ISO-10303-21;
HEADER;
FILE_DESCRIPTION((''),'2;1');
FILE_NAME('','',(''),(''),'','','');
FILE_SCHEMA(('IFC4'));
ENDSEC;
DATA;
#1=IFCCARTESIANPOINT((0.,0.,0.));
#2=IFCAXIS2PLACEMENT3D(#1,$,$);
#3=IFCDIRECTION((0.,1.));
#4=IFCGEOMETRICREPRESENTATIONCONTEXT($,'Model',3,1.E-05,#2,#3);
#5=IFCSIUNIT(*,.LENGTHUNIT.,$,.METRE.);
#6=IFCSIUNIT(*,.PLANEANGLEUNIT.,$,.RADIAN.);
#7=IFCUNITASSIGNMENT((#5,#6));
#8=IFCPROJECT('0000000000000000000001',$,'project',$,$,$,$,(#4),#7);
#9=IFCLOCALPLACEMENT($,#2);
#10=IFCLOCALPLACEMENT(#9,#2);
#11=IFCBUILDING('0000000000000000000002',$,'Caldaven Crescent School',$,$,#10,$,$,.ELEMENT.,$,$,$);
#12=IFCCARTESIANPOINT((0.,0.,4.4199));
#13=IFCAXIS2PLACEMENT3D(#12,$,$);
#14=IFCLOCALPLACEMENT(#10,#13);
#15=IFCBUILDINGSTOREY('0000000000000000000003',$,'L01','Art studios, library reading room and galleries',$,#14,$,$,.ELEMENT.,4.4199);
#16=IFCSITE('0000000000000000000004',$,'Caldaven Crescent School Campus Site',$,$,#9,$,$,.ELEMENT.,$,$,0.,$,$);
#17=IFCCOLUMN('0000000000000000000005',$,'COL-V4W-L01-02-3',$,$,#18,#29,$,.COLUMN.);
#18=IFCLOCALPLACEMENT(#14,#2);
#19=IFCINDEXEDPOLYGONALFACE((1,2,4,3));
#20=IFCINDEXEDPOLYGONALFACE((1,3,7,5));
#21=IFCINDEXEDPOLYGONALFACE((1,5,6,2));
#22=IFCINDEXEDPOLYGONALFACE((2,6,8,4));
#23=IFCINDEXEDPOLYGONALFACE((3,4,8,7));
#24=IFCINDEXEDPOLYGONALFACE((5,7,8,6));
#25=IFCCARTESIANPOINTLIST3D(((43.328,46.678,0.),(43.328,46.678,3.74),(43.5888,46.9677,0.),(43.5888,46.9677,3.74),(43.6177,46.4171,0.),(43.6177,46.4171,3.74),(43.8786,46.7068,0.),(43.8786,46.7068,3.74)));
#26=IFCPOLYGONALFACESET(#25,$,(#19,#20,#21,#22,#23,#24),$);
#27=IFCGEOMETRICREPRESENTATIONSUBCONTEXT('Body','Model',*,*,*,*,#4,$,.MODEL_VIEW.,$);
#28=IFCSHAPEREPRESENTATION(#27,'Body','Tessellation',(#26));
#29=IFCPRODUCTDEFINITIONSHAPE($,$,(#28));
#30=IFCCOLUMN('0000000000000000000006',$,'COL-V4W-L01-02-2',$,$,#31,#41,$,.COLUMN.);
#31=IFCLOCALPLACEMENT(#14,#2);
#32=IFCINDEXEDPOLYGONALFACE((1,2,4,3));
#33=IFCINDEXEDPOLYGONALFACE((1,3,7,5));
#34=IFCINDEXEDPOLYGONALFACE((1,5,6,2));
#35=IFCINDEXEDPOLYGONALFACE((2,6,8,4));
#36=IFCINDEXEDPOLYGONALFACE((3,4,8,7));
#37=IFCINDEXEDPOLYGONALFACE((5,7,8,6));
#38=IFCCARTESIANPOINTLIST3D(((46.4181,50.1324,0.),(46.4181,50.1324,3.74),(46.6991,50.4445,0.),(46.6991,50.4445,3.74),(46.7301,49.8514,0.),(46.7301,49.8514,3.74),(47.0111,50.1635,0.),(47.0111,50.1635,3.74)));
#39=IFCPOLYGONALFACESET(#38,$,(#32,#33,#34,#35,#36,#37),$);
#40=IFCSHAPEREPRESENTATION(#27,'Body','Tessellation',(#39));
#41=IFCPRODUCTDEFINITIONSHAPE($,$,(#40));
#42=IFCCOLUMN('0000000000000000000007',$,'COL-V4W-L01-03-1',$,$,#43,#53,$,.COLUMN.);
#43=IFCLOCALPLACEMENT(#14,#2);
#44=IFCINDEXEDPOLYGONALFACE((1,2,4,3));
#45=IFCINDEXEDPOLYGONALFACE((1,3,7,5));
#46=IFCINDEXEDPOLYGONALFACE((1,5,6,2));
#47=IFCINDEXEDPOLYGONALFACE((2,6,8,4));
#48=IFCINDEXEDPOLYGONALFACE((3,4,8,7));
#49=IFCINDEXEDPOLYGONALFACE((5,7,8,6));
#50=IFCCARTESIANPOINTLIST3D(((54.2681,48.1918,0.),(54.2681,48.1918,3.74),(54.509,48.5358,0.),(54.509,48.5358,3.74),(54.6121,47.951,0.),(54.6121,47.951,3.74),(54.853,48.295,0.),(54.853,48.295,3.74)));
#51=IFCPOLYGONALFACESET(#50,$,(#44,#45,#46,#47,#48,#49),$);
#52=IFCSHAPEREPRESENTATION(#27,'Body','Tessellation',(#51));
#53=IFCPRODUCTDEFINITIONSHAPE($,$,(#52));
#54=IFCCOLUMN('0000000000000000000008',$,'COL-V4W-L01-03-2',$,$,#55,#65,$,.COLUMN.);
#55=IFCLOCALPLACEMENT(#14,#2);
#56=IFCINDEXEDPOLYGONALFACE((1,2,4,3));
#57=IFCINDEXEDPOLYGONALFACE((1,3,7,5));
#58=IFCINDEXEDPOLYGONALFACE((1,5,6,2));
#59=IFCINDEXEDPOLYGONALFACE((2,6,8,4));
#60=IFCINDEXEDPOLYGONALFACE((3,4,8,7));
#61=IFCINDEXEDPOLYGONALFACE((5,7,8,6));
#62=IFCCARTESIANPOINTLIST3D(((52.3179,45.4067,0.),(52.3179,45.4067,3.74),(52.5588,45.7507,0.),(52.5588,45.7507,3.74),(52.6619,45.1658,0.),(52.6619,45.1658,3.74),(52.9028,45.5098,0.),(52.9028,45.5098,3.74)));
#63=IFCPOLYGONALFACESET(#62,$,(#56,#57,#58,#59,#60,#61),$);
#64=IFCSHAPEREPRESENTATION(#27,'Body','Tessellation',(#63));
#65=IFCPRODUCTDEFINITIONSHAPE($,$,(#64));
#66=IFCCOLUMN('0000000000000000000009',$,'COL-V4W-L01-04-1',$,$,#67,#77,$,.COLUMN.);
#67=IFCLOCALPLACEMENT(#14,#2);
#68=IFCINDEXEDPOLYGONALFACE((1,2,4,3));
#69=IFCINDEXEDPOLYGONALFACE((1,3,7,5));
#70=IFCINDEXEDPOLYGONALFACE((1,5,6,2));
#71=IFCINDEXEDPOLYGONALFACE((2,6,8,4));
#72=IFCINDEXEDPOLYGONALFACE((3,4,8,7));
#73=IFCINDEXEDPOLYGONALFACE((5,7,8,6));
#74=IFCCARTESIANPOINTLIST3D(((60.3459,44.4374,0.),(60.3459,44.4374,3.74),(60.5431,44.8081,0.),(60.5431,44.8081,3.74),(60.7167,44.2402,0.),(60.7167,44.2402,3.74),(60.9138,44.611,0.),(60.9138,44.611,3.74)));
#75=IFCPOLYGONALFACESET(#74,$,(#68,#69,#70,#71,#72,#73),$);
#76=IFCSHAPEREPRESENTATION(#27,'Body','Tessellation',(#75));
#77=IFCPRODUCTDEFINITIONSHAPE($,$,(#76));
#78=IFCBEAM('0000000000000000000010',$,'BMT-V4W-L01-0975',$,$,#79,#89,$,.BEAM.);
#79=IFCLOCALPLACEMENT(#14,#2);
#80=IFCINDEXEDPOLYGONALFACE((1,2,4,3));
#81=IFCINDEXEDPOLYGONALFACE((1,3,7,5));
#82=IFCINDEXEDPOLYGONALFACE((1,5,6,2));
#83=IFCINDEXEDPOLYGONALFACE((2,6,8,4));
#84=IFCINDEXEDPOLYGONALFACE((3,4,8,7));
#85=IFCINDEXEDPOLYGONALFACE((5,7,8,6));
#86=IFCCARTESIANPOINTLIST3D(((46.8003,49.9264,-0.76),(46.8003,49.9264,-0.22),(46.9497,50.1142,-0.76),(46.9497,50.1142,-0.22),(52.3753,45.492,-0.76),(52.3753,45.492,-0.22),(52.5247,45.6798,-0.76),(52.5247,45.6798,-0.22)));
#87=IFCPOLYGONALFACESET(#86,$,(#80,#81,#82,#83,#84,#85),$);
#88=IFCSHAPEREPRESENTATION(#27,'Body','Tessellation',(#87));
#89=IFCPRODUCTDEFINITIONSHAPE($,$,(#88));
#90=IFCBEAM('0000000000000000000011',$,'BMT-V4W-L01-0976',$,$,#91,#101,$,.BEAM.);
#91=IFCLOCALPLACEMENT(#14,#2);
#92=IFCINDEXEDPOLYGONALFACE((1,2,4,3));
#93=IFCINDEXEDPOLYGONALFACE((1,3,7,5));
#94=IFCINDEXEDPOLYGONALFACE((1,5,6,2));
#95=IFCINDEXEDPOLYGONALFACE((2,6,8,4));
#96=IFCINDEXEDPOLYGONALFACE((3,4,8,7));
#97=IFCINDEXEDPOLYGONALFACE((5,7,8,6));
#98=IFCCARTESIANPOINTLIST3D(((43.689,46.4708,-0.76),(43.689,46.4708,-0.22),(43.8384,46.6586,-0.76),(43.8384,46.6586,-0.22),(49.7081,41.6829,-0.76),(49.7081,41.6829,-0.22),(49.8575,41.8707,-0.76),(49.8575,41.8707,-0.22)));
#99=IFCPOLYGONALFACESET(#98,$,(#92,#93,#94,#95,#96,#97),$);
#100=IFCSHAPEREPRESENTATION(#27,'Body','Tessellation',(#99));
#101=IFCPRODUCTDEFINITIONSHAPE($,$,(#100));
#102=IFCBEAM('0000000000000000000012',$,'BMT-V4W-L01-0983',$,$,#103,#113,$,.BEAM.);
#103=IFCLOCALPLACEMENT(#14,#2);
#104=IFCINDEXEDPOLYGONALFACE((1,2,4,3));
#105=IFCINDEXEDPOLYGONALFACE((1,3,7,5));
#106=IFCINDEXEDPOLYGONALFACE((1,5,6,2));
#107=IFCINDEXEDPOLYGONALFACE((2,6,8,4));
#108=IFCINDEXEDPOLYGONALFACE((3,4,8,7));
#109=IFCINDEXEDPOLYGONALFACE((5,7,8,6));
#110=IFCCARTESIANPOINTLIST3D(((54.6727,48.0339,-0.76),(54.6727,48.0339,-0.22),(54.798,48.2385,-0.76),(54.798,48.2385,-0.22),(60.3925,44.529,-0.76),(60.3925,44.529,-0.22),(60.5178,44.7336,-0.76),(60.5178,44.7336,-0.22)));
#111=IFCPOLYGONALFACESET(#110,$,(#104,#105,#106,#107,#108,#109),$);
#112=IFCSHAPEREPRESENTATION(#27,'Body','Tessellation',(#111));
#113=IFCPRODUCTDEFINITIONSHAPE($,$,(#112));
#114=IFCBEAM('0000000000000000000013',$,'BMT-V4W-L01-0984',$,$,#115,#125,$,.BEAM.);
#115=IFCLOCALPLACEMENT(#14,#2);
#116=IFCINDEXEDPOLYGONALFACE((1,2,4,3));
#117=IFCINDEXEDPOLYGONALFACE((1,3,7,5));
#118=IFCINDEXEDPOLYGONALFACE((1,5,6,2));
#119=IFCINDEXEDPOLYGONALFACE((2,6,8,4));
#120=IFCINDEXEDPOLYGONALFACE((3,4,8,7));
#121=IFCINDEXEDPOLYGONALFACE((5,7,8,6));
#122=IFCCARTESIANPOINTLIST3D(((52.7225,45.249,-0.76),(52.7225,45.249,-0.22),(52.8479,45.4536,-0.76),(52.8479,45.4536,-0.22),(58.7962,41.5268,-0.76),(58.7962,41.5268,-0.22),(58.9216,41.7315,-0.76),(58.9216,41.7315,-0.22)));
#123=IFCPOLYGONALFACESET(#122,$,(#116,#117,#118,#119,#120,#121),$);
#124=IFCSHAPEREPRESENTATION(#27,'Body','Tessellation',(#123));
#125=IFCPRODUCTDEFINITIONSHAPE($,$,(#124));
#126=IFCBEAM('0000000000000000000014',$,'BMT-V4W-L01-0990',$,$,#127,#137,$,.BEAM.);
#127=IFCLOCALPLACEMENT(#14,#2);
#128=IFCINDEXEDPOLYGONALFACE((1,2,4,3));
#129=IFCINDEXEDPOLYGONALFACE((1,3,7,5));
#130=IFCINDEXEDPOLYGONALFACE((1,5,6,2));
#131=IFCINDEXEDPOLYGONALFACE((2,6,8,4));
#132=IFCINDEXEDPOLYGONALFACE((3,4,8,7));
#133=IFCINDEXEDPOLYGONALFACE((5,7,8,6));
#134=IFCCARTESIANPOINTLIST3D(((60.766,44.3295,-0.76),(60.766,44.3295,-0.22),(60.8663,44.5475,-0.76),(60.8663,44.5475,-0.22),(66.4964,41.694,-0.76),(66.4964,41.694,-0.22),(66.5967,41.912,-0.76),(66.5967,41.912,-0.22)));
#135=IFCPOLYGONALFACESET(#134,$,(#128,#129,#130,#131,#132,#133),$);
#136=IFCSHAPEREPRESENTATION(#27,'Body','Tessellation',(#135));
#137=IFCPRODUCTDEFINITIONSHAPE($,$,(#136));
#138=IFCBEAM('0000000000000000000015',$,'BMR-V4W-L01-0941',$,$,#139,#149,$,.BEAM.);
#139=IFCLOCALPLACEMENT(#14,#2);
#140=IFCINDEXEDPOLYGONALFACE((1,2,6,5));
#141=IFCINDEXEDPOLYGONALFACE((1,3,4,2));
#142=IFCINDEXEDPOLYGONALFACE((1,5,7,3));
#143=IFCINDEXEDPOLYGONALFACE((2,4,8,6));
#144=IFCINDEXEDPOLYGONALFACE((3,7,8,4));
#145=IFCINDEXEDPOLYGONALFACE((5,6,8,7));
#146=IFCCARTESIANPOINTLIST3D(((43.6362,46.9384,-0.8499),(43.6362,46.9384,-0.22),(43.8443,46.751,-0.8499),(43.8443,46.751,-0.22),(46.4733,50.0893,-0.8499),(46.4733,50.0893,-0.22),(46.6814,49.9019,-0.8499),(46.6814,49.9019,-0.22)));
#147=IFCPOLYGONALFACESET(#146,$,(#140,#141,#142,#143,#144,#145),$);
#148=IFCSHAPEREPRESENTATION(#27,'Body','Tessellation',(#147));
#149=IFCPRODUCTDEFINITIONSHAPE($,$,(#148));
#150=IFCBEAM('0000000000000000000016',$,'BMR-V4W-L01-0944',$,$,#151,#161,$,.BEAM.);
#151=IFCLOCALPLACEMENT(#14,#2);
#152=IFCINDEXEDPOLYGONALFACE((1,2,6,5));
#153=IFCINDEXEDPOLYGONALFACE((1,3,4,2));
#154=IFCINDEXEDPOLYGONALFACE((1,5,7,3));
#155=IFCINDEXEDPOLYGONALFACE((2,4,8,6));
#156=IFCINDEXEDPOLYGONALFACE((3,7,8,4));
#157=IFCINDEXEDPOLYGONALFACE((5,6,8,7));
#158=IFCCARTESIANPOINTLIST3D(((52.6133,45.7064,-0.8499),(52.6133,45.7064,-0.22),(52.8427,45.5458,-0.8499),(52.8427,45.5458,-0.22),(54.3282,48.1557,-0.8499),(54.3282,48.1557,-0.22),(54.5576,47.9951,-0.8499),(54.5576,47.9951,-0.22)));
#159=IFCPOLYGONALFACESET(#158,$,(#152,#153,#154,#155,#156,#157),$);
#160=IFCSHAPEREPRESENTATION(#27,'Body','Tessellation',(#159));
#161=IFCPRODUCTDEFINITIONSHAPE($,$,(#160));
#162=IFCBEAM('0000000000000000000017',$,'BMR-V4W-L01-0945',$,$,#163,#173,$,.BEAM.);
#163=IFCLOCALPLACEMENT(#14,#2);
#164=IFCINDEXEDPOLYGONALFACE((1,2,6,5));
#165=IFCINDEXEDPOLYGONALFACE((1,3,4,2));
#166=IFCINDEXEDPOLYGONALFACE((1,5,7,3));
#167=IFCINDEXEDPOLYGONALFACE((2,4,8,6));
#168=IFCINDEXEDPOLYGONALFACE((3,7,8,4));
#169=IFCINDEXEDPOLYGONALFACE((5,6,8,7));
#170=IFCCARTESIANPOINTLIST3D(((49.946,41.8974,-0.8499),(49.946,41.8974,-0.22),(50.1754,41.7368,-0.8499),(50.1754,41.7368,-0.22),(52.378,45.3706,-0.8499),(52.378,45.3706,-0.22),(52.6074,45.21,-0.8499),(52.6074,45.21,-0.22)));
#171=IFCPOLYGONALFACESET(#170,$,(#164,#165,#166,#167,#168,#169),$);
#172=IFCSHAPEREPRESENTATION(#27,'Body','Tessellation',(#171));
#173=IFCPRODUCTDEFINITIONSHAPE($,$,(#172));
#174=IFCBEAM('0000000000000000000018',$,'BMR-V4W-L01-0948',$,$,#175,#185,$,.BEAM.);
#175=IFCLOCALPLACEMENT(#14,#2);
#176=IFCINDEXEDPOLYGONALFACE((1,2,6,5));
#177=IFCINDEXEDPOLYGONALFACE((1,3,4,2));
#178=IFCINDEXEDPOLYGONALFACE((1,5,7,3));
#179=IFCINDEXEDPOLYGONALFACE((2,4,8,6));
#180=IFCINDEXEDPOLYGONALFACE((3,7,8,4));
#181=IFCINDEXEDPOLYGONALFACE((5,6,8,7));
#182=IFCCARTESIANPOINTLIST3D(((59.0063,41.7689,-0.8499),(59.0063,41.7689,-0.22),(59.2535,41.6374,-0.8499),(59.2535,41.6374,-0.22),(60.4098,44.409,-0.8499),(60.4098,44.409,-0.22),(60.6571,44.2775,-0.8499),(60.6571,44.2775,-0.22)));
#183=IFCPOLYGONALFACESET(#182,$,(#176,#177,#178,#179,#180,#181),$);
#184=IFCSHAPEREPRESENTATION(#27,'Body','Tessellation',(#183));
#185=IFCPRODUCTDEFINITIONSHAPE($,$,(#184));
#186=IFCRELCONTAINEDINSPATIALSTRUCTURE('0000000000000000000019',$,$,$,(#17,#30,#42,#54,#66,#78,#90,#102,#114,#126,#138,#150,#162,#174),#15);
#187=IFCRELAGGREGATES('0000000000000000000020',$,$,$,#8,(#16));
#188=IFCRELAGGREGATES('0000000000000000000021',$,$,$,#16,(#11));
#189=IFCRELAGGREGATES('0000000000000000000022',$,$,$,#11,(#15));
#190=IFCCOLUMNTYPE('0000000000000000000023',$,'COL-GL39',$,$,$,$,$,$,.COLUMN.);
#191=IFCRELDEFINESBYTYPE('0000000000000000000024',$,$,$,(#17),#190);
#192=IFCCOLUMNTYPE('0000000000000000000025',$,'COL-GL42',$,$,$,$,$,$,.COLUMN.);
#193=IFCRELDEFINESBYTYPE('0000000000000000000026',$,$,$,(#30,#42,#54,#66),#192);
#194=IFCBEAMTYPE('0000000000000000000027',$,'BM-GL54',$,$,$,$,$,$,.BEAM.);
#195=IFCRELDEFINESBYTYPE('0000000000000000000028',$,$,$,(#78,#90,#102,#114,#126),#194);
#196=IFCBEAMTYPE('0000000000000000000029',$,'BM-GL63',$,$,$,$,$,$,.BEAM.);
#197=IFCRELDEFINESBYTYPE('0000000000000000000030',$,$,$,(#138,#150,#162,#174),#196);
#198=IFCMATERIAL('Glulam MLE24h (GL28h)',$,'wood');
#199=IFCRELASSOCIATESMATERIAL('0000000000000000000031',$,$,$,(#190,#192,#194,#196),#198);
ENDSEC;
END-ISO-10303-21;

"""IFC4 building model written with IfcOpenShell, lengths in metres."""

from ifc_helpers import new_model, si_unit, direction, frame, origin, origin_2d, place, context, subcontext, project, spatial, rectangle, extrude, material, material_profile, profile_set, type_object, element, save


model = new_model("IFC4")

# Units and contexts
model_context = context("Model", 3, precision=1e-05, world=origin(), true_north=direction((0.0, 1.0)))
body_context = subcontext(model_context, "Body", "Model", "MODEL_VIEW")
ifc_project = project(units=[si_unit("LENGTHUNIT", "METRE"), si_unit("PLANEANGLEUNIT", "RADIAN")], contexts=[model_context])

# Site, building, storey
site_placement = place(None, origin())
site = spatial("IfcSite", under=ifc_project, at=site_placement, Name="Caldaven Crescent School Campus Site", CompositionType="ELEMENT", RefElevation=0.0)
building_placement = place(site_placement, origin())
building = spatial("IfcBuilding", under=site, at=building_placement, Name="Caldaven Crescent School", CompositionType="ELEMENT")
storey_placement = place(building_placement, frame((0.0, 0.0, 4.4199)))
storey = spatial("IfcBuildingStorey", under=building, at=storey_placement, Name="L01", Description="Art studios, library reading room and galleries", CompositionType="ELEMENT", Elevation=4.4199)

# Columns
ifc_material_1 = material(Name="Glulam MLE24h (GL28h)", Category="wood")
ifc_material_profile_1 = material_profile(ifc_material_1, rectangle(XDim=0.3899, YDim=0.3899, at=origin_2d()), Name="MLE 390x390")
ifc_profile_set_1 = profile_set([ifc_material_profile_1], Name="Glulam MLE24h (GL28h)")
column_type_1 = type_object("IfcColumnType", Name="COL-GL39", PredefinedType="COLUMN", material=ifc_profile_set_1)
column_placement = place(storey_placement, frame((43.6033, 46.6924, 0.0), z_axis=(0.0, 0.0, 1.0), x_axis=(-0.669131, -0.743145, 0.0)))
element("IfcColumn", 1, at=column_placement, inside=storey, type_object=column_type_1, Name="COL-V4W-L01-02-3", PredefinedType="COLUMN", context=body_context, shape_type="SweptSolid", body=[
    extrude(rectangle(XDim=0.3899, YDim=0.3899, at=origin_2d()), origin(), (0.0, 0.0, 1.0), 3.74),
])
ifc_material_profile_2 = material_profile(ifc_material_1, rectangle(XDim=0.4199, YDim=0.4199, at=origin_2d()), Name="MLE 420x420")
ifc_profile_set_2 = profile_set([ifc_material_profile_2], Name="Glulam MLE24h (GL28h)")
column_type_2 = type_object("IfcColumnType", Name="COL-GL42", PredefinedType="COLUMN", material=ifc_profile_set_2)
for number, where, z_axis, x_axis, name in (
    (2, (46.7146, 50.1479, 0.0), (0.0, 0.0, 1.0), (-0.669131, -0.743145, 0.0), "COL-V4W-L01-02-2"),
    (3, (54.5605, 48.2434, 0.0), (0.0, 0.0, 1.0), (-0.573576, -0.819152, 0.0), "COL-V4W-L01-03-1"),
    (4, (52.6104, 45.4583, 0.0), (0.0, 0.0, 1.0), (-0.573576, -0.819152, 0.0), "COL-V4W-L01-03-2"),
    (5, (60.6299, 44.5242, 0.0), (0.0, 0.0, 1.0), (-0.469472, -0.882948, 0.0), "COL-V4W-L01-04-1"),
):
    element("IfcColumn", number, at=place(storey_placement, frame(where, z_axis=z_axis, x_axis=x_axis)), inside=storey, type_object=column_type_2, Name=name, PredefinedType="COLUMN", context=body_context, shape_type="SweptSolid", body=[
        extrude(rectangle(XDim=0.4199, YDim=0.4199, at=origin_2d()), origin(), (0.0, 0.0, 1.0), 3.74),
    ])

# Beams
ifc_material_profile_3 = material_profile(ifc_material_1, rectangle(XDim=0.24, YDim=0.54, at=origin_2d()), Name="MLE 240x540")
ifc_profile_set_3 = profile_set([ifc_material_profile_3], Name="Glulam MLE24h (GL28h)")
beam_type_1 = type_object("IfcBeamType", Name="BM-GL54", PredefinedType="BEAM", material=ifc_profile_set_3)
beam_1_placement = place(storey_placement, frame((46.875, 50.0203, -0.49), z_axis=(0.782621, -0.622498, 0.0), x_axis=(0.622498, 0.782621, 0.0)))
element("IfcBeam", 6, at=beam_1_placement, inside=storey, type_object=beam_type_1, Name="BMT-V4W-L01-0975", PredefinedType="BEAM", context=body_context, shape_type="SweptSolid", body=[
    extrude(rectangle(XDim=0.24, YDim=0.54, at=origin_2d()), origin(), (0.0, 0.0, 1.0), 7.1235),
])
beam_2_placement = place(storey_placement, frame((43.7637, 46.5647, -0.49), z_axis=(0.782603, -0.622521, 0.0), x_axis=(0.622521, 0.782603, 0.0)))
element("IfcBeam", 7, at=beam_2_placement, inside=storey, type_object=beam_type_1, Name="BMT-V4W-L01-0976", PredefinedType="BEAM", context=body_context, shape_type="SweptSolid", body=[
    extrude(rectangle(XDim=0.24, YDim=0.54, at=origin_2d()), origin(), (0.0, 0.0, 1.0), 7.6912),
])
beam_3_placement = place(storey_placement, frame((54.7354, 48.1362, -0.49), z_axis=(0.852651, -0.52248, 0.0), x_axis=(0.52248, 0.852651, 0.0)))
element("IfcBeam", 8, at=beam_3_placement, inside=storey, type_object=beam_type_1, Name="BMT-V4W-L01-0983", PredefinedType="BEAM", context=body_context, shape_type="SweptSolid", body=[
    extrude(rectangle(XDim=0.24, YDim=0.54, at=origin_2d()), origin(), (0.0, 0.0, 1.0), 6.7083),
])
beam_4_placement = place(storey_placement, frame((52.7852, 45.3513, -0.49), z_axis=(0.852629, -0.522517, 0.0), x_axis=(0.522517, 0.852629, 0.0)))
element("IfcBeam", 9, at=beam_4_placement, inside=storey, type_object=beam_type_1, Name="BMT-V4W-L01-0984", PredefinedType="BEAM", context=body_context, shape_type="SweptSolid", body=[
    extrude(rectangle(XDim=0.24, YDim=0.54, at=origin_2d()), origin(), (0.0, 0.0, 1.0), 7.1235),
])
beam_5_placement = place(storey_placement, frame((60.8162, 44.4385, -0.49), z_axis=(0.908522, -0.417838, 0.0), x_axis=(0.417838, 0.908522, 0.0)))
element("IfcBeam", 10, at=beam_5_placement, inside=storey, type_object=beam_type_1, Name="BMT-V4W-L01-0990", PredefinedType="BEAM", context=body_context, shape_type="SweptSolid", body=[
    extrude(rectangle(XDim=0.24, YDim=0.54, at=origin_2d()), origin(), (0.0, 0.0, 1.0), 6.3074),
])
ifc_material_profile_4 = material_profile(ifc_material_1, rectangle(XDim=0.28, YDim=0.6299, at=origin_2d()), Name="MLE 280x630")
ifc_profile_set_4 = profile_set([ifc_material_profile_4], Name="Glulam MLE24h (GL28h)")
beam_type_2 = type_object("IfcBeamType", Name="BM-GL63", PredefinedType="BEAM", material=ifc_profile_set_4)
beam_6_placement = place(storey_placement, frame((46.5774, 49.9956, -0.5349), z_axis=(-0.669143, -0.743134, 0.0), x_axis=(0.743134, -0.669143, 0.0)))
element("IfcBeam", 11, at=beam_6_placement, inside=storey, type_object=beam_type_2, Name="BMR-V4W-L01-0941", PredefinedType="BEAM", context=body_context, shape_type="SweptSolid", body=[
    extrude(rectangle(XDim=0.28, YDim=0.6299, at=origin_2d()), origin(), (0.0, 0.0, 1.0), 4.24),
])
beam_7_placement = place(storey_placement, frame((54.4429, 48.0754, -0.5349), z_axis=(-0.57355, -0.819171, 0.0), x_axis=(0.819171, -0.57355, 0.0)))
element("IfcBeam", 12, at=beam_7_placement, inside=storey, type_object=beam_type_2, Name="BMR-V4W-L01-0944", PredefinedType="BEAM", context=body_context, shape_type="SweptSolid", body=[
    extrude(rectangle(XDim=0.28, YDim=0.6299, at=origin_2d()), origin(), (0.0, 0.0, 1.0), 2.99),
])
beam_8_placement = place(storey_placement, frame((52.4927, 45.2903, -0.5349), z_axis=(-0.573571, -0.819156, 0.0), x_axis=(0.819156, -0.573571, 0.0)))
element("IfcBeam", 13, at=beam_8_placement, inside=storey, type_object=beam_type_2, Name="BMR-V4W-L01-0945", PredefinedType="BEAM", context=body_context, shape_type="SweptSolid", body=[
    extrude(rectangle(XDim=0.28, YDim=0.6299, at=origin_2d()), origin(), (0.0, 0.0, 1.0), 4.24),
])
beam_9_placement = place(storey_placement, frame((60.5334, 44.3433, -0.5349), z_axis=(-0.469414, -0.882978, 0.0), x_axis=(0.882978, -0.469414, 0.0)))
element("IfcBeam", 14, at=beam_9_placement, inside=storey, type_object=beam_type_2, Name="BMR-V4W-L01-0948", PredefinedType="BEAM", context=body_context, shape_type="SweptSolid", body=[
    extrude(rectangle(XDim=0.28, YDim=0.6299, at=origin_2d()), origin(), (0.0, 0.0, 1.0), 2.99),
])

save(model, "model.ifc")
